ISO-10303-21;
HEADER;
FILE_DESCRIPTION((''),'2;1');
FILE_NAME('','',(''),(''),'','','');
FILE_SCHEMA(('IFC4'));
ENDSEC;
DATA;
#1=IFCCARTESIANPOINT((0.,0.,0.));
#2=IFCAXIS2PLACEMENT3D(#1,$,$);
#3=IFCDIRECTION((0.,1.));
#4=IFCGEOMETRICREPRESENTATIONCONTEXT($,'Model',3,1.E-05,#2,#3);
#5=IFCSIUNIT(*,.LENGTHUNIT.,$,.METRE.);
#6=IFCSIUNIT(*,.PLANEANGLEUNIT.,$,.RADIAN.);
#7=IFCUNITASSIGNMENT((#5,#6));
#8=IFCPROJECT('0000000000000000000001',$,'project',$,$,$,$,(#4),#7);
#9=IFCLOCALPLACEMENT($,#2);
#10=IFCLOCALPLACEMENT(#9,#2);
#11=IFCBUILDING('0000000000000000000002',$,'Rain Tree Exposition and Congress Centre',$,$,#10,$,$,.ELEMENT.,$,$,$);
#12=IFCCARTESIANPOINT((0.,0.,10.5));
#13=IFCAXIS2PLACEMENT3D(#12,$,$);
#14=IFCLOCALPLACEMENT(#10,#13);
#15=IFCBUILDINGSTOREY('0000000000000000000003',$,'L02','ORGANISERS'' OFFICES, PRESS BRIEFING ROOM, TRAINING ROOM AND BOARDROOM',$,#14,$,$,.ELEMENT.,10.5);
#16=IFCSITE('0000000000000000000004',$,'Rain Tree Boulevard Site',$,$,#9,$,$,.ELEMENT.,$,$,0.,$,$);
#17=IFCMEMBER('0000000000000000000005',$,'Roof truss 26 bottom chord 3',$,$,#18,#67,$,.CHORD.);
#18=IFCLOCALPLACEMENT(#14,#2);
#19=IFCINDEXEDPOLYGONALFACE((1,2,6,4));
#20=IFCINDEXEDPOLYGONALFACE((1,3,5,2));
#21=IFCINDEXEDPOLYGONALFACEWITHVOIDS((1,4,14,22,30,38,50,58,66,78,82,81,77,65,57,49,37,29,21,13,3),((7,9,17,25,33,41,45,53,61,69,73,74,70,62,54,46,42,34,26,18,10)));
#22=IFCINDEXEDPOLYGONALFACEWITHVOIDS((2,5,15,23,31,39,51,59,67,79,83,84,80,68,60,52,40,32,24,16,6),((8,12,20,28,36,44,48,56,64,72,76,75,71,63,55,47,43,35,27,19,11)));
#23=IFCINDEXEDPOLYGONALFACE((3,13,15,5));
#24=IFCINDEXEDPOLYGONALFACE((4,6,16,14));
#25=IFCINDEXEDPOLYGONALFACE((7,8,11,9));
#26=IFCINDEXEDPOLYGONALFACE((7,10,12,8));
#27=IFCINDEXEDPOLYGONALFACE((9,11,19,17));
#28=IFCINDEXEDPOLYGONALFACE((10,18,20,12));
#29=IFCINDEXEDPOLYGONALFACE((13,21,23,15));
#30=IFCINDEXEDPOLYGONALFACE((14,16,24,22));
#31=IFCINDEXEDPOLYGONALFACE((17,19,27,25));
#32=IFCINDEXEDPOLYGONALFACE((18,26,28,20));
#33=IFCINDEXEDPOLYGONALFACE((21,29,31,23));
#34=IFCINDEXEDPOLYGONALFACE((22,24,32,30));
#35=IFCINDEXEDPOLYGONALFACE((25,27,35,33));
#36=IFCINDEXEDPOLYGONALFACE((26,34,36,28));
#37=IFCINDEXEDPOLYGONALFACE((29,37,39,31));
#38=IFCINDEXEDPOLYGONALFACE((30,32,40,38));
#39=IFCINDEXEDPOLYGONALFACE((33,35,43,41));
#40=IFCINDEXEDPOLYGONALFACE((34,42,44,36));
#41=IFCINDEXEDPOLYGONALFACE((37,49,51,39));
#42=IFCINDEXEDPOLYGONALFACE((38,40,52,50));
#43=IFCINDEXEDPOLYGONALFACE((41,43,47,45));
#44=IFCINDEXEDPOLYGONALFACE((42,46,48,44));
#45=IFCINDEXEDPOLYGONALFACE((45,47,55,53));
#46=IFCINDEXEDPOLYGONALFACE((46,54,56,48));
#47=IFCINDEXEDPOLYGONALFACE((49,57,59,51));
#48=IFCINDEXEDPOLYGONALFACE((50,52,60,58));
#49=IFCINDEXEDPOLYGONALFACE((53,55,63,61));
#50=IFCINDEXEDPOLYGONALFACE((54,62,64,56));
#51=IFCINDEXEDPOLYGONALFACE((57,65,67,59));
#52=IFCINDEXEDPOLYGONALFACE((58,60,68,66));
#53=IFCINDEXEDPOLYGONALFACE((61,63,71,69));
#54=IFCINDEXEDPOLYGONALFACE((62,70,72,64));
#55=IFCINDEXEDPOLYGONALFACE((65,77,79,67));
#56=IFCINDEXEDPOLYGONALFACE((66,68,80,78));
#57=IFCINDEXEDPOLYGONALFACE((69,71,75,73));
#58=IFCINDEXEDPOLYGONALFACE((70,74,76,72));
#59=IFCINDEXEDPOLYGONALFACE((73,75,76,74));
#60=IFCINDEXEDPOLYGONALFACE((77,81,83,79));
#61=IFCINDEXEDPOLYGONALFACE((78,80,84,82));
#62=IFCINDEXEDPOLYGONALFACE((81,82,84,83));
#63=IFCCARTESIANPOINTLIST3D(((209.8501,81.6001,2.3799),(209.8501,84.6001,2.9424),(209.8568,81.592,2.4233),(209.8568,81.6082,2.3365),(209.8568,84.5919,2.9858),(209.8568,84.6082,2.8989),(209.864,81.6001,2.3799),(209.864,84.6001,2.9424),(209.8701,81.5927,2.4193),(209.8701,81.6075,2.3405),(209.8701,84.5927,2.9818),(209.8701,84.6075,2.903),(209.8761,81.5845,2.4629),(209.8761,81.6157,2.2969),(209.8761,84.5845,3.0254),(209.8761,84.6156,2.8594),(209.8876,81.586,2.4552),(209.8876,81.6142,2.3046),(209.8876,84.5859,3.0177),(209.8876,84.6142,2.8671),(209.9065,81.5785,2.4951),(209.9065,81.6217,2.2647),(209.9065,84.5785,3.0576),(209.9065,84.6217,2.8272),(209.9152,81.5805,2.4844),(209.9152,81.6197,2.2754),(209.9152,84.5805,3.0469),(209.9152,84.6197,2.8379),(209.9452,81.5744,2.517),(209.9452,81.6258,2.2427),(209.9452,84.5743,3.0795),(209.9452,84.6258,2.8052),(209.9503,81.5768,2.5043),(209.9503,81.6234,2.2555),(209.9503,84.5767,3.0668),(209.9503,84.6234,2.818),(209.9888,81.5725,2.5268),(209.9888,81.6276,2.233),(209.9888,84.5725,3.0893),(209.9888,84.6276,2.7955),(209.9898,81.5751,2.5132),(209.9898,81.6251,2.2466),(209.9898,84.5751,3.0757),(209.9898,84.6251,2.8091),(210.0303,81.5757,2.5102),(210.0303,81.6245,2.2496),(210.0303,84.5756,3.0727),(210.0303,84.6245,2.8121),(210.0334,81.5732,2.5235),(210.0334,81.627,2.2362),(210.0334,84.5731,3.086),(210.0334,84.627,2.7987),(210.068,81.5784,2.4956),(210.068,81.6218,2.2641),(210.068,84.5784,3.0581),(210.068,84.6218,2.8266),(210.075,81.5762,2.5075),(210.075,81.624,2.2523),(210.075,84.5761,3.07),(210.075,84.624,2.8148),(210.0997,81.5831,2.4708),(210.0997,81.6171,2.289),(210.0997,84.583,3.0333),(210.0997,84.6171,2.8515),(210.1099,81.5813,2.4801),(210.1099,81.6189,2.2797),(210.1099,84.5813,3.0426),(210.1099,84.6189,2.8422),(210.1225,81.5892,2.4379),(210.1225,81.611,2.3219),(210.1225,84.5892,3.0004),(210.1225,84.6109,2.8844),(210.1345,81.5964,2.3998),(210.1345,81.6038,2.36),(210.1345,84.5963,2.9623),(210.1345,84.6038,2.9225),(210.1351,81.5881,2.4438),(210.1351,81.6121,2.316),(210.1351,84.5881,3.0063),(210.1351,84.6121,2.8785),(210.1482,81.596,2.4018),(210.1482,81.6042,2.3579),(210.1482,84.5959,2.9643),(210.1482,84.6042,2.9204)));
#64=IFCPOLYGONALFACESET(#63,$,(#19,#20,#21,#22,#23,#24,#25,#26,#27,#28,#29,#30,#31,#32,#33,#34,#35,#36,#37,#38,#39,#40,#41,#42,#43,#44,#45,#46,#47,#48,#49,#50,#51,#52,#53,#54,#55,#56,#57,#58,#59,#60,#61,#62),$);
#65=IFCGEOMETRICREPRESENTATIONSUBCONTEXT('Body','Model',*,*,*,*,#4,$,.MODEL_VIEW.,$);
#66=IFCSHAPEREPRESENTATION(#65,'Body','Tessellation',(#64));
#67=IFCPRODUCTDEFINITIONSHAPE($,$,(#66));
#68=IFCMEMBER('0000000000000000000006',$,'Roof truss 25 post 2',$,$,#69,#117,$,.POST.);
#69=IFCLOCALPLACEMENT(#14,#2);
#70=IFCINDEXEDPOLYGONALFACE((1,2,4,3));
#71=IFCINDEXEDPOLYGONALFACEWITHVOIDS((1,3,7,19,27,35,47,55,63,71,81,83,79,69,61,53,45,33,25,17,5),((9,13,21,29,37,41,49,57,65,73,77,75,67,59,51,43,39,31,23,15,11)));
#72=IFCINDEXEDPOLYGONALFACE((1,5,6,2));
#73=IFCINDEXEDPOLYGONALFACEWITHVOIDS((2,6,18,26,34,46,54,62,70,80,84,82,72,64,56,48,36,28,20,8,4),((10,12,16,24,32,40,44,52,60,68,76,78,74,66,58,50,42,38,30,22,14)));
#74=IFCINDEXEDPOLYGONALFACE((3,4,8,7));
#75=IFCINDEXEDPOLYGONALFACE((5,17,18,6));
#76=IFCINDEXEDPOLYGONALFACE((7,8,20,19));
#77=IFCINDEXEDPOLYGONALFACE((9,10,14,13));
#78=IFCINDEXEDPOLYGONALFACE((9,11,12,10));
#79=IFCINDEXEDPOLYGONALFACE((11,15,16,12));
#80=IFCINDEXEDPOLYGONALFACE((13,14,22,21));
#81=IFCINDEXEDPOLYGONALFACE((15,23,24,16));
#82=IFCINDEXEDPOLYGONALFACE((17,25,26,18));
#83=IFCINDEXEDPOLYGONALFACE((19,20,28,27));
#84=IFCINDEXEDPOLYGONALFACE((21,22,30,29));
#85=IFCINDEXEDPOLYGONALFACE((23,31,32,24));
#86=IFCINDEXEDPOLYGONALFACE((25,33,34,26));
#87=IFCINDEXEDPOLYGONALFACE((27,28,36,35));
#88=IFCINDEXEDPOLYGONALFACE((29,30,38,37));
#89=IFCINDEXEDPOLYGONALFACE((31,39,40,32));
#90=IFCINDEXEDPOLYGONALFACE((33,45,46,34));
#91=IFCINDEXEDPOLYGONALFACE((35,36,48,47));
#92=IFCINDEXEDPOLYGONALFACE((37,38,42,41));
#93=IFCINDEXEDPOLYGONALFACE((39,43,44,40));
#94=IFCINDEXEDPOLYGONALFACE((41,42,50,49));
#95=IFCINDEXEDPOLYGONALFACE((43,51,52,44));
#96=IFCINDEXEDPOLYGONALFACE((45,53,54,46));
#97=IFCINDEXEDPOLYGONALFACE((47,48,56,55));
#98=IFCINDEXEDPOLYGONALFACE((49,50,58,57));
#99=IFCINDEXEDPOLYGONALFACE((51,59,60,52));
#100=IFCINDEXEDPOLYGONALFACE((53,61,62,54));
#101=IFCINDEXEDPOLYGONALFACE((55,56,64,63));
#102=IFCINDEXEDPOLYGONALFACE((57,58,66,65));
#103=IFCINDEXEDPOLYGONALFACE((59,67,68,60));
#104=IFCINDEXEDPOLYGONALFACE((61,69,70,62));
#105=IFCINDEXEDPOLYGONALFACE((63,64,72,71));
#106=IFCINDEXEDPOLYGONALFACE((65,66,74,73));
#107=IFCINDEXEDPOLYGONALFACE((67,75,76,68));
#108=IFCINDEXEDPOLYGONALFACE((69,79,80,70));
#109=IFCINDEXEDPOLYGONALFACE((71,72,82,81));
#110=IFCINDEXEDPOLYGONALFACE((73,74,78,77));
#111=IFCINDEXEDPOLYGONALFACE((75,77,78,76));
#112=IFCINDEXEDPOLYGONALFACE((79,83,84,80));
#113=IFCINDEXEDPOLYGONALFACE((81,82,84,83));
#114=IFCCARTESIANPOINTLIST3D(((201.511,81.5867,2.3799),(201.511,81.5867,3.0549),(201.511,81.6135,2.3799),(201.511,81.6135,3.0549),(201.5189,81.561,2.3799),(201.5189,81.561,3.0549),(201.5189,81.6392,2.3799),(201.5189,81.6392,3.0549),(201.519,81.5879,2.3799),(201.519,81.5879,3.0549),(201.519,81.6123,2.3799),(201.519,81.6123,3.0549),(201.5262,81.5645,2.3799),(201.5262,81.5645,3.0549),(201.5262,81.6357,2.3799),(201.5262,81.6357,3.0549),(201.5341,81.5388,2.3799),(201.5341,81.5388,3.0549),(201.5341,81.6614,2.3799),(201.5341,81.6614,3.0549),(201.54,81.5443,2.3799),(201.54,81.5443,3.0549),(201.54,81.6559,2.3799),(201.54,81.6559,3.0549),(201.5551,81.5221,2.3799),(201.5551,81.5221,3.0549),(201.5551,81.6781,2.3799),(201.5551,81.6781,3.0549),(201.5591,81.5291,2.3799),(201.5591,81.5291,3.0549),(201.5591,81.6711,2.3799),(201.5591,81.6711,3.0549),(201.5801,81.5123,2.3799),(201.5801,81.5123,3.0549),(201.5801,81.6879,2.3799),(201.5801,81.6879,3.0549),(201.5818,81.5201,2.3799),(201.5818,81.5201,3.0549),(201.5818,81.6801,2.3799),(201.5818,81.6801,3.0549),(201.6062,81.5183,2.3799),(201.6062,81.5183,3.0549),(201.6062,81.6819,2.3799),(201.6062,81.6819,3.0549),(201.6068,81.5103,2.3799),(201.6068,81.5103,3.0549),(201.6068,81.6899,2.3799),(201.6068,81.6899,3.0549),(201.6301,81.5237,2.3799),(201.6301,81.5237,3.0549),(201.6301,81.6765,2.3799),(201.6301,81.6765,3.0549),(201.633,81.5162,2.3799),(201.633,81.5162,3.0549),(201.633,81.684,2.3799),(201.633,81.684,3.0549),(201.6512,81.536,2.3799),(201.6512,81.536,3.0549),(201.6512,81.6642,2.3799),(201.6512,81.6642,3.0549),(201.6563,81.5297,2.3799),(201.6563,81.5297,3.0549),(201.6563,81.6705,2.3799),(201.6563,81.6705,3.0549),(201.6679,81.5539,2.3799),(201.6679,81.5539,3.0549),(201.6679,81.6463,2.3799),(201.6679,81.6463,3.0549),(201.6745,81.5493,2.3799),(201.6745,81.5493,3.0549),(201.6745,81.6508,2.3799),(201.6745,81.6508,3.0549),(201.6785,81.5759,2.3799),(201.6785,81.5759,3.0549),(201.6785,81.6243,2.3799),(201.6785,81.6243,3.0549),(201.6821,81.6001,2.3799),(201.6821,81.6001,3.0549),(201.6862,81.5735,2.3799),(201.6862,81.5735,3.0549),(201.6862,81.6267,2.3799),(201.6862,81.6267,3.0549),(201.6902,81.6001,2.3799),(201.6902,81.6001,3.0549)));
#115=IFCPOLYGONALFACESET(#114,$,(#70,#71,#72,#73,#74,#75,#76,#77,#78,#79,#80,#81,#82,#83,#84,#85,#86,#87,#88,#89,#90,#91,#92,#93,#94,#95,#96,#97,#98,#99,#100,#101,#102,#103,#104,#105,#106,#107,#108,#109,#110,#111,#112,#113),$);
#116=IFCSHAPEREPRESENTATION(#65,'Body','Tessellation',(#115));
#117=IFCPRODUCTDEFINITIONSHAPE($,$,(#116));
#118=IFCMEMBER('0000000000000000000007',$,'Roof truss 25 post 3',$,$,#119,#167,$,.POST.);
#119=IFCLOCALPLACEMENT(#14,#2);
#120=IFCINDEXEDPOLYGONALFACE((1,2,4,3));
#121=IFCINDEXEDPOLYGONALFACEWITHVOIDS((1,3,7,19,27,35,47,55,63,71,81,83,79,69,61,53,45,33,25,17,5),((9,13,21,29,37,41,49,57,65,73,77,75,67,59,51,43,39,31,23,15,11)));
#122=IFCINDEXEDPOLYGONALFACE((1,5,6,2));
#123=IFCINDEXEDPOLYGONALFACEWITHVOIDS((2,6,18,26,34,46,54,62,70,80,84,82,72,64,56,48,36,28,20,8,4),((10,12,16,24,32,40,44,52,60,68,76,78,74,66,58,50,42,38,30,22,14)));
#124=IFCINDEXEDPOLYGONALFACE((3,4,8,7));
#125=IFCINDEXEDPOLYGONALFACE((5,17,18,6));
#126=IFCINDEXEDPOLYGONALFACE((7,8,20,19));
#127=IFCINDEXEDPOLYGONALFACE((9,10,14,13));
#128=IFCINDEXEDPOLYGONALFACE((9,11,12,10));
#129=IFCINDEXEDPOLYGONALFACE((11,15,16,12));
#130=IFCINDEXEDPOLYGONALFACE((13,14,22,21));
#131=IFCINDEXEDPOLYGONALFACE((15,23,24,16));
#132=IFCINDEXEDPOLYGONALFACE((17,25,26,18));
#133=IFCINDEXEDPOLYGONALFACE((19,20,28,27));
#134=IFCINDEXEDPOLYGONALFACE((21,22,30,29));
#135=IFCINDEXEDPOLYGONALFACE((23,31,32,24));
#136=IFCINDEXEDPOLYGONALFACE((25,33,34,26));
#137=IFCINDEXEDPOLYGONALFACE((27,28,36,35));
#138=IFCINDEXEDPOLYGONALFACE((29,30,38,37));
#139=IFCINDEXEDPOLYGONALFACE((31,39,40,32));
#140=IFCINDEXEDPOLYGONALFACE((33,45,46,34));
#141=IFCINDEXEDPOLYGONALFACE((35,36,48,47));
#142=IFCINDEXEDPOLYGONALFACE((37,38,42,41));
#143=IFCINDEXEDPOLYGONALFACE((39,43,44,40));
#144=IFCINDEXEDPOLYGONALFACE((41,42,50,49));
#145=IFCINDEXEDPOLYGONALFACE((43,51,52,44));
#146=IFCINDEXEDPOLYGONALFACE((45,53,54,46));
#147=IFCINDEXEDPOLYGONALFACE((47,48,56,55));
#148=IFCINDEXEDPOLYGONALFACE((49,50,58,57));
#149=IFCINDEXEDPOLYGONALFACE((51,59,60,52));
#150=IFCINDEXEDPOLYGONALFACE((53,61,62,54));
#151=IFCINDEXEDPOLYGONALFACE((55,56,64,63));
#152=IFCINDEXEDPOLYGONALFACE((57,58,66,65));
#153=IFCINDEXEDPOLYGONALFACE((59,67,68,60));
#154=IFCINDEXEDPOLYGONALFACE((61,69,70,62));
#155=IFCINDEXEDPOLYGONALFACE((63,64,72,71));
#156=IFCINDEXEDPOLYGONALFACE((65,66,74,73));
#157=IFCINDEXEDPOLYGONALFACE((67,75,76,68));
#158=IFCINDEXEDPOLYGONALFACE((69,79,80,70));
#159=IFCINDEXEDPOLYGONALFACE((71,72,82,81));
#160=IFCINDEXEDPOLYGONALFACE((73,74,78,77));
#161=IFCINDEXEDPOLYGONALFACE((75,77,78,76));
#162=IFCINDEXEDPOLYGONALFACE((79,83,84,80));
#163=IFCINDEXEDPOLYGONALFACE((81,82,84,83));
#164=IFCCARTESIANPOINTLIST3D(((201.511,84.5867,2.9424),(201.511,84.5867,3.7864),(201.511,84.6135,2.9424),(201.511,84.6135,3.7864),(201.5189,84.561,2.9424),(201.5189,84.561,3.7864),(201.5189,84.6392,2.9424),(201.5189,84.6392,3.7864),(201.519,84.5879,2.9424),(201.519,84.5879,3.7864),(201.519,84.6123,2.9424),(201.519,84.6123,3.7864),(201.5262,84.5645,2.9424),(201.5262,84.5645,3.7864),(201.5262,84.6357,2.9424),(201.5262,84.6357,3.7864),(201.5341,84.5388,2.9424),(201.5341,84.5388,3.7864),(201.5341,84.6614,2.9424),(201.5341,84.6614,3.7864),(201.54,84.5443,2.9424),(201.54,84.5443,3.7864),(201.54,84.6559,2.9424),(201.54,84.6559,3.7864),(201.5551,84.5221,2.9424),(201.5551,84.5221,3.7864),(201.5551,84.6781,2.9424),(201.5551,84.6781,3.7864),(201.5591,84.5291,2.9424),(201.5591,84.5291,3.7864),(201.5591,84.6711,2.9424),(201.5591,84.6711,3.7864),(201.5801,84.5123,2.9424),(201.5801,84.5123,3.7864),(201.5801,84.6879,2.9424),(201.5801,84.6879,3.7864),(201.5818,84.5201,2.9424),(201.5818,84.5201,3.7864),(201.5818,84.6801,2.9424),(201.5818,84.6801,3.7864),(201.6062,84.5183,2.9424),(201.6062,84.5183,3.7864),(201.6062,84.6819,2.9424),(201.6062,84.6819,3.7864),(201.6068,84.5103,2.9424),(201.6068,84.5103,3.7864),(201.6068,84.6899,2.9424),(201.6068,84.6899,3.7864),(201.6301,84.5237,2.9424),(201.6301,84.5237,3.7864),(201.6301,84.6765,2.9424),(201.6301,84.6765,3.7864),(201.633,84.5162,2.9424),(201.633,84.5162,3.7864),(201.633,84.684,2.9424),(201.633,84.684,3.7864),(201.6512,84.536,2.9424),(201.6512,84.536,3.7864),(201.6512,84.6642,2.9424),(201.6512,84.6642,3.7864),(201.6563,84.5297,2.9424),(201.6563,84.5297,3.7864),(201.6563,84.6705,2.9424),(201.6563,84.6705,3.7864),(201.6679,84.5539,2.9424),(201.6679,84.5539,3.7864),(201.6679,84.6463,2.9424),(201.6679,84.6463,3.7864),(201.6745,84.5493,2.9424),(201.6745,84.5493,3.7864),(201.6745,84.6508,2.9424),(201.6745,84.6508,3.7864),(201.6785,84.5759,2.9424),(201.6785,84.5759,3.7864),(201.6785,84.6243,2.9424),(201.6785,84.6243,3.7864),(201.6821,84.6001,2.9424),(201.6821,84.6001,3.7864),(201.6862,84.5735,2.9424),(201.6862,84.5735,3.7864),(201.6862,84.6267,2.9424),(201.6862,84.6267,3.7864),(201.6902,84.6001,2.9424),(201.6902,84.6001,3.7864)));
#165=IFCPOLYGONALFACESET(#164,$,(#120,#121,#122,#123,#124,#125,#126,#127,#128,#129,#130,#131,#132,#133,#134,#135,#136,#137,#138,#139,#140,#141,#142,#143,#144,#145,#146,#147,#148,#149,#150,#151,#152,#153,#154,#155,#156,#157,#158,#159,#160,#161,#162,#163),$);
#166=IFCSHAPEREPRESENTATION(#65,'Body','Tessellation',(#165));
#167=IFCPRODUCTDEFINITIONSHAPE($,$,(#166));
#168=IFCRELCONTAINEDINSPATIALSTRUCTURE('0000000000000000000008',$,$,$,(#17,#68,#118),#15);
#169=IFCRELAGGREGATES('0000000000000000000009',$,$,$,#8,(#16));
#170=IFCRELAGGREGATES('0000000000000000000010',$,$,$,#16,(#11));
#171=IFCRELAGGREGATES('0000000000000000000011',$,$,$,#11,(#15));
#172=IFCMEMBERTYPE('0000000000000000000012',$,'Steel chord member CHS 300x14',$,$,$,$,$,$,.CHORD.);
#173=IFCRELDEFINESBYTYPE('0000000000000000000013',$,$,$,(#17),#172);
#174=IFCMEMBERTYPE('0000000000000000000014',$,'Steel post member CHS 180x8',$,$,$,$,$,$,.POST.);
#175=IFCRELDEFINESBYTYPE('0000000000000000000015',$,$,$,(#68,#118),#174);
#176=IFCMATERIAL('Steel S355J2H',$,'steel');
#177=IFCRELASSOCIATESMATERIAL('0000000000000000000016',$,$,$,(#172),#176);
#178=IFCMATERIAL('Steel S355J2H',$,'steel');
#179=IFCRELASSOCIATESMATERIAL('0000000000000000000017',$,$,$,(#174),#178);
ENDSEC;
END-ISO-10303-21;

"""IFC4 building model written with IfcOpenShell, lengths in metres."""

from ifc_helpers import new_model, si_unit, direction, frame, origin, origin_2d, place, context, subcontext, project, spatial, hollow_circle, extrude, material, material_profile, profile_set, type_object, element, save


model = new_model("IFC4")

# Units and contexts
model_context = context("Model", 3, precision=1e-05, world=origin(), true_north=direction((0.0, 1.0)))
body_context = subcontext(model_context, "Body", "Model", "MODEL_VIEW")
ifc_project = project(units=[si_unit("LENGTHUNIT", "METRE"), si_unit("PLANEANGLEUNIT", "RADIAN")], contexts=[model_context])

# Site, building, storey
site_placement = place(None, origin())
site = spatial("IfcSite", under=ifc_project, at=site_placement, Name="Rain Tree Boulevard Site", CompositionType="ELEMENT", RefElevation=0.0)
building_placement = place(site_placement, origin())
building = spatial("IfcBuilding", under=site, at=building_placement, Name="Rain Tree Exposition and Congress Centre", CompositionType="ELEMENT")
storey_placement = place(building_placement, frame((0.0, 0.0, 10.5)))
storey = spatial("IfcBuildingStorey", under=building, at=storey_placement, Name="L02", Description="ORGANISERS' OFFICES, PRESS BRIEFING ROOM, TRAINING ROOM AND BOARDROOM", CompositionType="ELEMENT", Elevation=10.5)

# Members
ifc_material_1 = material(Name="Steel S355J2H", Category="steel")
ifc_material_profile_1 = material_profile(ifc_material_1, hollow_circle(Radius=0.1499, WallThickness=0.0139, at=origin_2d()), Name="CHS 300x14")
ifc_profile_set_1 = profile_set([ifc_material_profile_1], Name="Steel S355J2H")
member_type_1 = type_object("IfcMemberType", Name="Steel chord member CHS 300x14", PredefinedType="CHORD", material=ifc_profile_set_1)
member_1_placement = place(storey_placement, frame((210.0, 81.6001, 2.3799), z_axis=(0.0, 0.982872, 0.184289), x_axis=(-1.0, 0.0, 0.0)))
element("IfcMember", 1, at=member_1_placement, inside=storey, type_object=member_type_1, Name="Roof truss 26 bottom chord 3", PredefinedType="CHORD", context=body_context, shape_type="SweptSolid", body=[
    extrude(hollow_circle(Radius=0.1499, WallThickness=0.0139, at=origin_2d()), origin(), (0.0, 0.0, 1.0), 3.0522),
])
ifc_material_2 = material(Name="Steel S355J2H", Category="steel")
ifc_material_profile_2 = material_profile(ifc_material_2, hollow_circle(Radius=0.0901, WallThickness=0.0081, at=origin_2d()), Name="CHS 180x8")
ifc_profile_set_2 = profile_set([ifc_material_profile_2], Name="Steel S355J2H")
member_type_2 = type_object("IfcMemberType", Name="Steel post member CHS 180x8", PredefinedType="POST", material=ifc_profile_set_2)
member_2_placement = place(storey_placement, frame((201.6001, 81.6001, 2.3799), z_axis=(0.0, 0.0, 1.0), x_axis=(1.0, 0.0, 0.0)))
element("IfcMember", 2, at=member_2_placement, inside=storey, type_object=member_type_2, Name="Roof truss 25 post 2", PredefinedType="POST", context=body_context, shape_type="SweptSolid", body=[
    extrude(hollow_circle(Radius=0.0901, WallThickness=0.0081, at=origin_2d()), origin(), (0.0, 0.0, 1.0), 0.675),
])
member_3_placement = place(storey_placement, frame((201.6001, 84.6001, 2.9424), z_axis=(0.0, 0.0, 1.0), x_axis=(1.0, 0.0, 0.0)))
element("IfcMember", 3, at=member_3_placement, inside=storey, type_object=member_type_2, Name="Roof truss 25 post 3", PredefinedType="POST", context=body_context, shape_type="SweptSolid", body=[
    extrude(hollow_circle(Radius=0.0901, WallThickness=0.0081, at=origin_2d()), origin(), (0.0, 0.0, 1.0), 0.844),
])

save(model, "model.ifc")
